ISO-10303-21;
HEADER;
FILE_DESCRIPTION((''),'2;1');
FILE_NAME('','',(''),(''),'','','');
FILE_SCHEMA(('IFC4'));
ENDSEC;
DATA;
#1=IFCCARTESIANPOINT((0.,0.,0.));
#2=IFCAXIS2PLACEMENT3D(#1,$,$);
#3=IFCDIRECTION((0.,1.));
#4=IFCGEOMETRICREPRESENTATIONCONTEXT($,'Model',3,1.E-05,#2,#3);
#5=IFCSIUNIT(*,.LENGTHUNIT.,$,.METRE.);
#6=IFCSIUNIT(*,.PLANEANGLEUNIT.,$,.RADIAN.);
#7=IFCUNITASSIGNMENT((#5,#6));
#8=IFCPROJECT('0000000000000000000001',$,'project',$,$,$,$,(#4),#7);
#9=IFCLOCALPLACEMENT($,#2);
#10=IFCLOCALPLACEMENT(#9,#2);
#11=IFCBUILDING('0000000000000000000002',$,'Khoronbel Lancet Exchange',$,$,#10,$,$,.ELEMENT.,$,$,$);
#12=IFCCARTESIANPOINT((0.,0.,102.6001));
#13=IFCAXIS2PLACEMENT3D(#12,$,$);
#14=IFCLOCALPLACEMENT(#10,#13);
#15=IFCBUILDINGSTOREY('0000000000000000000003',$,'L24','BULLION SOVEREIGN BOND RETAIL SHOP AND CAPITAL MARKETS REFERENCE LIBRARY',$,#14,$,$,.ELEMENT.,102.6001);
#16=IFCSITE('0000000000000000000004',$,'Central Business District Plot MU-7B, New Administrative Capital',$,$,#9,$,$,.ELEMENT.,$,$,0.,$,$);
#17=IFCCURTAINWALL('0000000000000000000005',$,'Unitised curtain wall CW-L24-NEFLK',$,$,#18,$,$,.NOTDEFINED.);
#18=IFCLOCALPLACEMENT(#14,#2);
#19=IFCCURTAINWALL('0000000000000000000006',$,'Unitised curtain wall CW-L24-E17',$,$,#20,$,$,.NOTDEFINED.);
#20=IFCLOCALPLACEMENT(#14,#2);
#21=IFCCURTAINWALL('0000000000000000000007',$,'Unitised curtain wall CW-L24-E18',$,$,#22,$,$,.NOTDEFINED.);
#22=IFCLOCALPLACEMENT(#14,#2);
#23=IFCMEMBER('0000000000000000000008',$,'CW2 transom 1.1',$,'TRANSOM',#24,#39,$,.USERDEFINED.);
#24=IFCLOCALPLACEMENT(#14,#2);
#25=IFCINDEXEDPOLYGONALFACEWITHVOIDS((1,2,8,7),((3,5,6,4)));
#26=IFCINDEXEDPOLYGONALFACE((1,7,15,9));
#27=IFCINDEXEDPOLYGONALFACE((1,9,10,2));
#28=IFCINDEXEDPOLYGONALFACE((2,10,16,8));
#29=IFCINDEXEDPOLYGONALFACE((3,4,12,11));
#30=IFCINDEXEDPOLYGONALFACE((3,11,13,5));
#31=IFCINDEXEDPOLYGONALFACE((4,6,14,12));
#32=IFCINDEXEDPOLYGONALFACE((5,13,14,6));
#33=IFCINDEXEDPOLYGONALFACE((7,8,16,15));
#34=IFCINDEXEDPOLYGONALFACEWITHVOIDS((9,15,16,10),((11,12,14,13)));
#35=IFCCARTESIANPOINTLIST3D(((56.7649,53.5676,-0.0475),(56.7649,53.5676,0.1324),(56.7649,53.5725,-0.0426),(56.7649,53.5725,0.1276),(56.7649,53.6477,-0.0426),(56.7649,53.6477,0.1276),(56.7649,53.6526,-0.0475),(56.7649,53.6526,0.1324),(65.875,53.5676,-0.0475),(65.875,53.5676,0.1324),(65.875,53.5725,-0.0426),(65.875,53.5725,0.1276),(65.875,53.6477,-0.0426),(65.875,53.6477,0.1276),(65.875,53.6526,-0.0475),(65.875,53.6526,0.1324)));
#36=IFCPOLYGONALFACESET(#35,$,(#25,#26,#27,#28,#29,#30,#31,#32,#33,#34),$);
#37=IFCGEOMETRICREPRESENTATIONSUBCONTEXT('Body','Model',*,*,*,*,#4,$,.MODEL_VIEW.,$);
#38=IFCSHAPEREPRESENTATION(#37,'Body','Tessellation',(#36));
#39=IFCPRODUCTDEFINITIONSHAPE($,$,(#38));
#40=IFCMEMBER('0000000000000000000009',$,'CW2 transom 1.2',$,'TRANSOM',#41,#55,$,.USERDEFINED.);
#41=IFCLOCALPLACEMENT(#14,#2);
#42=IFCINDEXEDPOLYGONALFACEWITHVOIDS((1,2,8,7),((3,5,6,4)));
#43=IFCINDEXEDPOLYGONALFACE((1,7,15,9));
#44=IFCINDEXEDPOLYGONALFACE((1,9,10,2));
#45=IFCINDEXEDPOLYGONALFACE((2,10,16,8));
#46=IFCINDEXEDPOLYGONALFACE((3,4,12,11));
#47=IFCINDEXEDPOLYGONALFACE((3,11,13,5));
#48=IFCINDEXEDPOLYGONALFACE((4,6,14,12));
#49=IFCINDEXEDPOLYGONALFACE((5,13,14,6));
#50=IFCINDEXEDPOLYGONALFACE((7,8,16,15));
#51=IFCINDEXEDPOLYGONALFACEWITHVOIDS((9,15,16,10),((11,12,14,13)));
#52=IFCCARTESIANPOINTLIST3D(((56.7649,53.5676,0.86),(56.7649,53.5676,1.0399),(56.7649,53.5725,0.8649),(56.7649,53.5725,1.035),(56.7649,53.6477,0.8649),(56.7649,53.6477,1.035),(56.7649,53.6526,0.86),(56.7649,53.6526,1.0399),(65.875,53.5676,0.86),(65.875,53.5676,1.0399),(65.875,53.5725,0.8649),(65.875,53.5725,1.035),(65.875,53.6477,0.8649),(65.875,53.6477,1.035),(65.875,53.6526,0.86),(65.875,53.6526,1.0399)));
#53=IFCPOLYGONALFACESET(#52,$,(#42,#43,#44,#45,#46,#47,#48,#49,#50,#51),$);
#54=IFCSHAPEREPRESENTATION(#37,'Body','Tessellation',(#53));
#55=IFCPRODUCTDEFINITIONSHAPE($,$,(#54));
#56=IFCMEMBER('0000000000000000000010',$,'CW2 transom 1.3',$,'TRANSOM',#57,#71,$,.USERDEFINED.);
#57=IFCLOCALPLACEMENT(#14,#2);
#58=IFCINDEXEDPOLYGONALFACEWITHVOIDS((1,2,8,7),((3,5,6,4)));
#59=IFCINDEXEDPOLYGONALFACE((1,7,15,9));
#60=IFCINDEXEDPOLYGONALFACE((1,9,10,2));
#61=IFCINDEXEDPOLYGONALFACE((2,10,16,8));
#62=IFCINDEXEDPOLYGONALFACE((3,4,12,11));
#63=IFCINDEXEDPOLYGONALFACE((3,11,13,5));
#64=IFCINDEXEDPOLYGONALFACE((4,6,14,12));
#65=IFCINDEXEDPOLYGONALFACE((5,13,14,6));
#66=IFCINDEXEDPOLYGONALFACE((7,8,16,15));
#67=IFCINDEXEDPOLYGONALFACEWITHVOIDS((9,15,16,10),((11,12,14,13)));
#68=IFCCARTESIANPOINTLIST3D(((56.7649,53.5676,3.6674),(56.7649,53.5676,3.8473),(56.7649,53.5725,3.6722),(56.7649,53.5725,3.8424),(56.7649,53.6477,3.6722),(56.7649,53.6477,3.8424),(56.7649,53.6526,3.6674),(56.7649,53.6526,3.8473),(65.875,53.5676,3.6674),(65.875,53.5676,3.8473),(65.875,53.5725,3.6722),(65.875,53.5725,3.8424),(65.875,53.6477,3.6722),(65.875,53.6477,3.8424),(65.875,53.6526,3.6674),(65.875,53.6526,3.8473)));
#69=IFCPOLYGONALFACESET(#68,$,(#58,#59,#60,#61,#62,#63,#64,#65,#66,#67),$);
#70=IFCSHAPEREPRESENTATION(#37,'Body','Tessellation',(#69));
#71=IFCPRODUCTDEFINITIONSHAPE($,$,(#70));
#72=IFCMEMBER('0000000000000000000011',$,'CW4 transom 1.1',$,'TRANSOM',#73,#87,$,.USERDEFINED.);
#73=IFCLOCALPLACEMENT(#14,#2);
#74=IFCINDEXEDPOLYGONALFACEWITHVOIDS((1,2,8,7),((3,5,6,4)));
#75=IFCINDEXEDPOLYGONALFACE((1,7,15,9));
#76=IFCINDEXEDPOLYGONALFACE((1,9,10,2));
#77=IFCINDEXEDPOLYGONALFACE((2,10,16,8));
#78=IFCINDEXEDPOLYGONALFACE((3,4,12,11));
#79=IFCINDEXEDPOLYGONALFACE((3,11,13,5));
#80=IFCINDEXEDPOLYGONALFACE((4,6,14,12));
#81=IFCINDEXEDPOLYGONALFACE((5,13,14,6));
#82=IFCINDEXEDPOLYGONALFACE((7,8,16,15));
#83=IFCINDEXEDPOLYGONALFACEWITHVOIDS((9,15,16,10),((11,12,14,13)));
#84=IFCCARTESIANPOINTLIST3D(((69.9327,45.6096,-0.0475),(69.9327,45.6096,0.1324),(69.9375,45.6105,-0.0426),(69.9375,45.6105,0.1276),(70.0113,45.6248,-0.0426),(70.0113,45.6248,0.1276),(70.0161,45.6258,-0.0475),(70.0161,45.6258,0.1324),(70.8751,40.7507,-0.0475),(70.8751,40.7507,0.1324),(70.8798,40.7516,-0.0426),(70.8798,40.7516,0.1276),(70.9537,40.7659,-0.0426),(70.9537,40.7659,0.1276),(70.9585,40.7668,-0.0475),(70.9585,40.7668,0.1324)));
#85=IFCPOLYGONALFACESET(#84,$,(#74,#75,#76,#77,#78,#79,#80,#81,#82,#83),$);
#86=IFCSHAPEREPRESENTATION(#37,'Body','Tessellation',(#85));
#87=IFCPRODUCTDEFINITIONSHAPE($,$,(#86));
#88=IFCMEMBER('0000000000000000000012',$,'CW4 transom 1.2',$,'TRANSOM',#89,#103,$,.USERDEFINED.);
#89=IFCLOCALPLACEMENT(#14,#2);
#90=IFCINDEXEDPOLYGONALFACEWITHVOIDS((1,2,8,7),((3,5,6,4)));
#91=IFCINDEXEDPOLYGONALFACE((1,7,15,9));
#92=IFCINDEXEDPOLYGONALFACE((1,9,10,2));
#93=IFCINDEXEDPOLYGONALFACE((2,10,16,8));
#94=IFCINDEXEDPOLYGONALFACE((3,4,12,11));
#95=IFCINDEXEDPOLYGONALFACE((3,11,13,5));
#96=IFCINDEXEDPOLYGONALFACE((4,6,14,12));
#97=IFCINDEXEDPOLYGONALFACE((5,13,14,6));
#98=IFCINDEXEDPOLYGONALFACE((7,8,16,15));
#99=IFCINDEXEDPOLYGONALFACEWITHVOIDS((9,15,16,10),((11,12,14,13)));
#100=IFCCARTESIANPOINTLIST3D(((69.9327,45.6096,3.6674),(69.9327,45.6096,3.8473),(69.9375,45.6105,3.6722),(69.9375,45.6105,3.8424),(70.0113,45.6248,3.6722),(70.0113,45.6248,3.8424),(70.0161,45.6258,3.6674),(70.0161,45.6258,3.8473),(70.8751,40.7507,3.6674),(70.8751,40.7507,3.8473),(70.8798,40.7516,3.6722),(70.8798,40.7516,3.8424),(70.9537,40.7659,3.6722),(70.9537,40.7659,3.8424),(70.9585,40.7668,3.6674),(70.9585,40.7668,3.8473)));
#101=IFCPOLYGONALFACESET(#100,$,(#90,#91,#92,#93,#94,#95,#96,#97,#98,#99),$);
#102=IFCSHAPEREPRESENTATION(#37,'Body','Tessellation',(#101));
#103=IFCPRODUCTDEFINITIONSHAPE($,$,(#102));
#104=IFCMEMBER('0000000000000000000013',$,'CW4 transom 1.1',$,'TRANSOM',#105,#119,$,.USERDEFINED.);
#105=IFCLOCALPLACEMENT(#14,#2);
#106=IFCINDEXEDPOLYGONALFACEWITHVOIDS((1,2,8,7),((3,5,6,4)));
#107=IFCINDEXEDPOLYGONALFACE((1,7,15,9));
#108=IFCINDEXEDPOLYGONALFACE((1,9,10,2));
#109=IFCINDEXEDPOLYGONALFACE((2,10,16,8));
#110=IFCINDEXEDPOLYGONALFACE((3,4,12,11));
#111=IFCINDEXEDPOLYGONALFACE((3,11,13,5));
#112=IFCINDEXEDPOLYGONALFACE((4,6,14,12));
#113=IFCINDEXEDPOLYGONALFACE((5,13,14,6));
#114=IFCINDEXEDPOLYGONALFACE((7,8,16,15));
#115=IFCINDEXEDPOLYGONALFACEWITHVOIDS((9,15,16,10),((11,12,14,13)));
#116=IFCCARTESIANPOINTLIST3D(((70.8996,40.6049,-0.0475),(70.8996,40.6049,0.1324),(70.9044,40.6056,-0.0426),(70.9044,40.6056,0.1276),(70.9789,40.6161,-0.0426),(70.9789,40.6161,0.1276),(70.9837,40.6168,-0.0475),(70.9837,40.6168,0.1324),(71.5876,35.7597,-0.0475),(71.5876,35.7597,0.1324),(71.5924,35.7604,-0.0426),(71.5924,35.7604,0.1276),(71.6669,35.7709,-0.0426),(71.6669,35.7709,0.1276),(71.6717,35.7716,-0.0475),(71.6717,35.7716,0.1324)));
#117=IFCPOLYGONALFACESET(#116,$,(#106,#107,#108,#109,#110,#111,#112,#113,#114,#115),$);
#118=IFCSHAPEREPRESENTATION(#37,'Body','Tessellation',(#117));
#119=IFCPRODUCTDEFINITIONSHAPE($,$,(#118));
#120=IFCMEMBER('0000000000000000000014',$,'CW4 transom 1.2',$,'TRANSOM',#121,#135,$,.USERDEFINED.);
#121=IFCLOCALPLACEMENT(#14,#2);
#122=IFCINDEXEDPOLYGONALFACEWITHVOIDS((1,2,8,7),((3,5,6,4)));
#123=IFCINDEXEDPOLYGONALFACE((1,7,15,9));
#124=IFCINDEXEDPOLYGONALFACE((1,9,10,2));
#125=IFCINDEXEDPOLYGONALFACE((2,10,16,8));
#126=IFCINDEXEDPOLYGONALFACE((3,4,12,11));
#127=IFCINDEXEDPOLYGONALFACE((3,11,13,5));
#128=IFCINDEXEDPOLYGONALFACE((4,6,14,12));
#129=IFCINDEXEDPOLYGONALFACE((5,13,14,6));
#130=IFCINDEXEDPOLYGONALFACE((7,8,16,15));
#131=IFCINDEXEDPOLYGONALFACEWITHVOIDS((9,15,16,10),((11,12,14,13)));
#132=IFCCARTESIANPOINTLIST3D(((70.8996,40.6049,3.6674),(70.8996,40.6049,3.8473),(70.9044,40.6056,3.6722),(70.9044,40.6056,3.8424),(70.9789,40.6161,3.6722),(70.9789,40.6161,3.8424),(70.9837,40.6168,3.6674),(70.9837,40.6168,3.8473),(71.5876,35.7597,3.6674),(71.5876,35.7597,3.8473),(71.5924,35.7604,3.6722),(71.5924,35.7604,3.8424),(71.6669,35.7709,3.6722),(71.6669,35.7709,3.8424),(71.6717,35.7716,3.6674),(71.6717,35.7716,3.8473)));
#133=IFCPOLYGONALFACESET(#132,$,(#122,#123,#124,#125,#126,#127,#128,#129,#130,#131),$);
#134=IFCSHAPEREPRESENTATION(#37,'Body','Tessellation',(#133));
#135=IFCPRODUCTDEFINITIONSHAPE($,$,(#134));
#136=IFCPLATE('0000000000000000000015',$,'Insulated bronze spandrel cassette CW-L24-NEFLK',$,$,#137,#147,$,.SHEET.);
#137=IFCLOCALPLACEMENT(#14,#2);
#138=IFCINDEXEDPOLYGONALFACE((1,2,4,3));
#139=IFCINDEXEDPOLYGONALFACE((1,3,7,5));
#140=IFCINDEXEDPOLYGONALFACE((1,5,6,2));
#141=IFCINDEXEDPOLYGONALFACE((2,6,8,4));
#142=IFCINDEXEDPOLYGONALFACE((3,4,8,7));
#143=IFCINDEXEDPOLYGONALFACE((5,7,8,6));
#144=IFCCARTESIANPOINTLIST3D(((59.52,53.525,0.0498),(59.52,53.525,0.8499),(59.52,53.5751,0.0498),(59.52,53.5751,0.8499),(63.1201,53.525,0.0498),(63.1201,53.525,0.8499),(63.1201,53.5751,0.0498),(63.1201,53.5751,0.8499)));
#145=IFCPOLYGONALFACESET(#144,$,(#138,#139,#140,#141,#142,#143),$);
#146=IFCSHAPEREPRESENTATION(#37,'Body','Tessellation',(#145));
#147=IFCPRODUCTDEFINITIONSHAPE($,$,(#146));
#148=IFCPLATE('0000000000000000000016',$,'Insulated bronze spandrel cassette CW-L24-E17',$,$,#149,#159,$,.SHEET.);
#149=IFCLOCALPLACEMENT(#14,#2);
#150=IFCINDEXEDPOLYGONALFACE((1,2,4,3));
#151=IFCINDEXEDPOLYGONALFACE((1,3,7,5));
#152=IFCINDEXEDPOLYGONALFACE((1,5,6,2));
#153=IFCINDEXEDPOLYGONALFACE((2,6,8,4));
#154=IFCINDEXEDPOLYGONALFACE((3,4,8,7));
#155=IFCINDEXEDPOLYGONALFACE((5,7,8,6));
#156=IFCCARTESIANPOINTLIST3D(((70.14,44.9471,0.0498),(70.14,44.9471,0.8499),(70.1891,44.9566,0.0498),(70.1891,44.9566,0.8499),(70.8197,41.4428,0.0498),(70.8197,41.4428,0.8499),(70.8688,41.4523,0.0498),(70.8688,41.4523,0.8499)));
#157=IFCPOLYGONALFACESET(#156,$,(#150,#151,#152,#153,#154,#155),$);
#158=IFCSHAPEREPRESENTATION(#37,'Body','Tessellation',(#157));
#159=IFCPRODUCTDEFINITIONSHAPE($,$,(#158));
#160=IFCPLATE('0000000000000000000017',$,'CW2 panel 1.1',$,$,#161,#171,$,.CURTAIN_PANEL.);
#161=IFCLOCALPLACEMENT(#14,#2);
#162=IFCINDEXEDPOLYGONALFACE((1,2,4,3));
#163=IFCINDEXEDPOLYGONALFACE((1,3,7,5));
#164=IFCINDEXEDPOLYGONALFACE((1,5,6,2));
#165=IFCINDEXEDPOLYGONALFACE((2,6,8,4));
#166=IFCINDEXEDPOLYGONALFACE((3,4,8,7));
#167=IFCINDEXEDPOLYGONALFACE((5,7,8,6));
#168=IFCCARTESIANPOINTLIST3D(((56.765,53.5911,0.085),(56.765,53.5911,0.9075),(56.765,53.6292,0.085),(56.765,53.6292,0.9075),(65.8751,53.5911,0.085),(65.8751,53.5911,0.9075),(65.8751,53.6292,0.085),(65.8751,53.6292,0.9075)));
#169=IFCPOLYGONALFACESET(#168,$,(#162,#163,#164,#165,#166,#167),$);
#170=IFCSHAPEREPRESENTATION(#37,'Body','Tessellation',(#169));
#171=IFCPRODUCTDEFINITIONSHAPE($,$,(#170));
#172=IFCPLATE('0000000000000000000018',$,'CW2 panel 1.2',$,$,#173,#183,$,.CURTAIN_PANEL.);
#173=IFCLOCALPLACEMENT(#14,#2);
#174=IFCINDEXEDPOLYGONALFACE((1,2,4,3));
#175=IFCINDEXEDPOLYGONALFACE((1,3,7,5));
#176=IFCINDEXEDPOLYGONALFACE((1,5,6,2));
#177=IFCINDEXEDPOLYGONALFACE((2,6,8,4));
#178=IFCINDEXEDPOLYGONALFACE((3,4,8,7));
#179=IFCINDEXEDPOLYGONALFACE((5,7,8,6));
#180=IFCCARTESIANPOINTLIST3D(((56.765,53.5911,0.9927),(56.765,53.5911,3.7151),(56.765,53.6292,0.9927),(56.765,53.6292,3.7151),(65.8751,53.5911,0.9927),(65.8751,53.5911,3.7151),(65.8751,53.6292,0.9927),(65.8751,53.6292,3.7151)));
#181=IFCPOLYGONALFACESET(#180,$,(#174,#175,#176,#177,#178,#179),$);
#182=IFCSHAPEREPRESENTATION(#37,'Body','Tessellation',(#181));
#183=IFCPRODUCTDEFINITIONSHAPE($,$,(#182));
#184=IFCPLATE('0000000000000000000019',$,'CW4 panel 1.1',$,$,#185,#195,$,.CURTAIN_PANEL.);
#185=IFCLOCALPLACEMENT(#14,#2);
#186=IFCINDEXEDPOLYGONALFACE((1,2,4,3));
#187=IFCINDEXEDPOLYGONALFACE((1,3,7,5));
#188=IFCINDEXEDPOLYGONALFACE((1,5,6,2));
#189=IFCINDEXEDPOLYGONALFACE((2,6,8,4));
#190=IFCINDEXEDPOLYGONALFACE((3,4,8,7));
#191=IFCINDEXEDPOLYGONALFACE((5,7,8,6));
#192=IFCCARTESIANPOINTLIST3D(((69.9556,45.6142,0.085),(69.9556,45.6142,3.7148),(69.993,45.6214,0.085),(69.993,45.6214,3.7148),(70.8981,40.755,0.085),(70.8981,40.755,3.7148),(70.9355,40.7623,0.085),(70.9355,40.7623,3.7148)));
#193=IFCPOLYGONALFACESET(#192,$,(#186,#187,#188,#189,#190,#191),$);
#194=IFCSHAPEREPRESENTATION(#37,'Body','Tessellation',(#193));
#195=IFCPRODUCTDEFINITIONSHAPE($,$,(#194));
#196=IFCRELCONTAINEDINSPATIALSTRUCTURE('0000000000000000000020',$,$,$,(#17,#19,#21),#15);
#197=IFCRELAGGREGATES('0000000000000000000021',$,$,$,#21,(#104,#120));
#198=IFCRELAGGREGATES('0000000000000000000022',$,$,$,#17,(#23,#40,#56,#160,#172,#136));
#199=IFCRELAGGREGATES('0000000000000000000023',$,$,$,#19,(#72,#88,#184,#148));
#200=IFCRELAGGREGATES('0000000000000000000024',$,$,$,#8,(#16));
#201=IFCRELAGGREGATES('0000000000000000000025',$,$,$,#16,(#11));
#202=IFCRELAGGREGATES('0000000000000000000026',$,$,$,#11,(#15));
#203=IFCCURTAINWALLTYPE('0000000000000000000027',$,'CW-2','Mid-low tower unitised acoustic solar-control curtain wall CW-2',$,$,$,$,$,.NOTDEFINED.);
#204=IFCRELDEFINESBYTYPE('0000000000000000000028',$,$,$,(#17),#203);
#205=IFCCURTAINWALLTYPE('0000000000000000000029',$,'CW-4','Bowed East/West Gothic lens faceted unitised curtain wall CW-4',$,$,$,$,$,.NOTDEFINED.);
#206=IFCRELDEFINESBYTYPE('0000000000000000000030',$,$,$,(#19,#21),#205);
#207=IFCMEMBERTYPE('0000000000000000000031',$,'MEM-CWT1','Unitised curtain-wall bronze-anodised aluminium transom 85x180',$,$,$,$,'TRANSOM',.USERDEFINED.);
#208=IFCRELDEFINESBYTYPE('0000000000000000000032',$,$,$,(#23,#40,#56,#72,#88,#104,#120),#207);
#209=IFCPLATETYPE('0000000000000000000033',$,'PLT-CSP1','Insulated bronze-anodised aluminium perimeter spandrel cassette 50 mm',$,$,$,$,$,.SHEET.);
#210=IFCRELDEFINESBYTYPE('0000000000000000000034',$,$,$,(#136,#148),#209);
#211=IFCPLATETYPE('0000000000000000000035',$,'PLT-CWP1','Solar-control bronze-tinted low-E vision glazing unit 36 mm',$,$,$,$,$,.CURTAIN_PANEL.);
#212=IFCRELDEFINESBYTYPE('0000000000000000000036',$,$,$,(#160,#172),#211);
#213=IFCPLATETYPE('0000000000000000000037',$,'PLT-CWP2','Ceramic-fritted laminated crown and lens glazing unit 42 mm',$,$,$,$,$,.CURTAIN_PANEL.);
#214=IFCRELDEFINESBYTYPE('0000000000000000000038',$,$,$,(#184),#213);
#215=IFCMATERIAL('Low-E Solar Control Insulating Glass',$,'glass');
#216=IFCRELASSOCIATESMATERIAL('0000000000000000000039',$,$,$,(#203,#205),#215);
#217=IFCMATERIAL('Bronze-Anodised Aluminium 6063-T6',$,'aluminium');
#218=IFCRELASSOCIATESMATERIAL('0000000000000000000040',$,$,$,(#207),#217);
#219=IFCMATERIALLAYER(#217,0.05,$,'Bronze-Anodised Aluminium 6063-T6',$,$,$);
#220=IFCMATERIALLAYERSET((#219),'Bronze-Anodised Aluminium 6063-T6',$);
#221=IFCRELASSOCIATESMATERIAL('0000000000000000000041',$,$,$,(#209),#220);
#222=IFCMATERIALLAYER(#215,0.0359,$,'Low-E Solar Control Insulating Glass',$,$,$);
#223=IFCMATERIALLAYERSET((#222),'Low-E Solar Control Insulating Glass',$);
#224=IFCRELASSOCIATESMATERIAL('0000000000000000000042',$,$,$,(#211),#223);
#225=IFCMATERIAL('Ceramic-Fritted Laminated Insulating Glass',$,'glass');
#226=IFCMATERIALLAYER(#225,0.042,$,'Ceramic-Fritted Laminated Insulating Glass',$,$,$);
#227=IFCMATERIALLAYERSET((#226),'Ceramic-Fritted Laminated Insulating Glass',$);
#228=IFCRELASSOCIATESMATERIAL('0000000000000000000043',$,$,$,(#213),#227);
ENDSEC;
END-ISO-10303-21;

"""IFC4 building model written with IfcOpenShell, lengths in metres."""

from ifc_helpers import new_model, si_unit, direction, frame, origin, origin_2d, place, context, subcontext, project, spatial, rectangle, hollow_rectangle, extrude, material, layer, layer_set, material_profile, profile_set, type_object, element, aggregate, save


model = new_model("IFC4")

# Units and contexts
model_context = context("Model", 3, precision=1e-05, world=origin(), true_north=direction((0.0, 1.0)))
body_context = subcontext(model_context, "Body", "Model", "MODEL_VIEW")
ifc_project = project(units=[si_unit("LENGTHUNIT", "METRE"), si_unit("PLANEANGLEUNIT", "RADIAN")], contexts=[model_context])

# Site, building, storey
site_placement = place(None, origin())
site = spatial("IfcSite", under=ifc_project, at=site_placement, Name="Central Business District Plot MU-7B, New Administrative Capital", CompositionType="ELEMENT", RefElevation=0.0)
building_placement = place(site_placement, origin())
building = spatial("IfcBuilding", under=site, at=building_placement, Name="Khoronbel Lancet Exchange", CompositionType="ELEMENT")
storey_placement = place(building_placement, frame((0.0, 0.0, 102.6001)))
storey = spatial("IfcBuildingStorey", under=building, at=storey_placement, Name="L24", Description="BULLION SOVEREIGN BOND RETAIL SHOP AND CAPITAL MARKETS REFERENCE LIBRARY", CompositionType="ELEMENT", Elevation=102.6001)

# Curtain walls
ifc_material_1 = material(Name="Low-E Solar Control Insulating Glass", Category="glass")
curtain_wall_type_1 = type_object("IfcCurtainWallType", Name="CW-2", Description="Mid-low tower unitised acoustic solar-control curtain wall CW-2", PredefinedType="NOTDEFINED", material=ifc_material_1)
curtain_wall_1_placement = place(storey_placement, origin())
curtain_wall_1 = element("IfcCurtainWall", 1, at=curtain_wall_1_placement, inside=storey, type_object=curtain_wall_type_1, Name="Unitised curtain wall CW-L24-NEFLK", PredefinedType="NOTDEFINED")
ifc_material_2 = material(Name="Bronze-Anodised Aluminium 6063-T6", Category="aluminium")
curtain_wall_type_2 = type_object("IfcCurtainWallType", Name="CW-4", Description="Bowed East/West Gothic lens faceted unitised curtain wall CW-4", PredefinedType="NOTDEFINED", material=ifc_material_1)
curtain_wall_2_placement = place(storey_placement, origin())
curtain_wall_2 = element("IfcCurtainWall", 2, at=curtain_wall_2_placement, inside=storey, type_object=curtain_wall_type_2, Name="Unitised curtain wall CW-L24-E17", PredefinedType="NOTDEFINED")

# Curtain wall
curtain_wall_3_placement = place(storey_placement, origin())
curtain_wall_3 = element("IfcCurtainWall", 3, at=curtain_wall_3_placement, inside=storey, type_object=curtain_wall_type_2, Name="Unitised curtain wall CW-L24-E18", PredefinedType="NOTDEFINED")

# Members
ifc_material_profile_1 = material_profile(ifc_material_2, hollow_rectangle(XDim=0.085, YDim=0.1799, WallThickness=0.0049, at=origin_2d()), Name="ALU TRANSOM 85x180")
ifc_profile_set_1 = profile_set([ifc_material_profile_1], Name="Bronze-Anodised Aluminium 6063-T6")
member_type_1 = type_object("IfcMemberType", Name="MEM-CWT1", Description="Unitised curtain-wall bronze-anodised aluminium transom 85x180", ElementType="TRANSOM", PredefinedType="USERDEFINED", material=ifc_profile_set_1)
member_1_placement = place(storey_placement, frame((65.875, 53.6101, 0.0425), z_axis=(-1.0, 0.0, 0.0), x_axis=(0.0, -1.0, 0.0)))
member_1 = element("IfcMember", 4, at=member_1_placement, type_object=member_type_1, Name="CW2 transom 1.1", ObjectType="TRANSOM", PredefinedType="USERDEFINED", context=body_context, shape_type="SweptSolid", body=[
    extrude(hollow_rectangle(XDim=0.085, YDim=0.1799, WallThickness=0.0049, at=origin_2d()), origin(), (0.0, 0.0, 1.0), 9.1101),
])
member_2_placement = place(storey_placement, frame((65.875, 53.6101, 0.95), z_axis=(-1.0, 0.0, 0.0), x_axis=(0.0, -1.0, 0.0)))
member_2 = element("IfcMember", 5, at=member_2_placement, type_object=member_type_1, Name="CW2 transom 1.2", ObjectType="TRANSOM", PredefinedType="USERDEFINED", context=body_context, shape_type="SweptSolid", body=[
    extrude(hollow_rectangle(XDim=0.085, YDim=0.1799, WallThickness=0.0049, at=origin_2d()), origin(), (0.0, 0.0, 1.0), 9.1101),
])
member_3_placement = place(storey_placement, frame((65.875, 53.6101, 3.7573), z_axis=(-1.0, 0.0, 0.0), x_axis=(0.0, -1.0, 0.0)))
member_3 = element("IfcMember", 6, at=member_3_placement, type_object=member_type_1, Name="CW2 transom 1.3", ObjectType="TRANSOM", PredefinedType="USERDEFINED", context=body_context, shape_type="SweptSolid", body=[
    extrude(hollow_rectangle(XDim=0.085, YDim=0.1799, WallThickness=0.0049, at=origin_2d()), origin(), (0.0, 0.0, 1.0), 9.1101),
])
member_4_placement = place(storey_placement, frame((69.9744, 45.6177, 0.0425), z_axis=(0.190402, -0.981706, 0.0), x_axis=(0.981706, 0.190402, 0.0)))
member_4 = element("IfcMember", 7, at=member_4_placement, type_object=member_type_1, Name="CW4 transom 1.1", ObjectType="TRANSOM", PredefinedType="USERDEFINED", context=body_context, shape_type="SweptSolid", body=[
    extrude(hollow_rectangle(XDim=0.085, YDim=0.1799, WallThickness=0.0049, at=origin_2d()), origin(), (0.0, 0.0, 1.0), 4.9495),
])
member_5_placement = place(storey_placement, frame((69.9744, 45.6177, 3.7573), z_axis=(0.190402, -0.981706, 0.0), x_axis=(0.981706, 0.190402, 0.0)))
member_5 = element("IfcMember", 8, at=member_5_placement, type_object=member_type_1, Name="CW4 transom 1.2", ObjectType="TRANSOM", PredefinedType="USERDEFINED", context=body_context, shape_type="SweptSolid", body=[
    extrude(hollow_rectangle(XDim=0.085, YDim=0.1799, WallThickness=0.0049, at=origin_2d()), origin(), (0.0, 0.0, 1.0), 4.9495),
])
member_6_placement = place(storey_placement, frame((70.9417, 40.6108, 0.0425), z_axis=(0.140583, -0.990069, 0.0), x_axis=(0.990069, 0.140583, 0.0)))
member_6 = element("IfcMember", 9, at=member_6_placement, type_object=member_type_1, Name="CW4 transom 1.1", ObjectType="TRANSOM", PredefinedType="USERDEFINED", context=body_context, shape_type="SweptSolid", body=[
    extrude(hollow_rectangle(XDim=0.085, YDim=0.1799, WallThickness=0.0049, at=origin_2d()), origin(), (0.0, 0.0, 1.0), 4.8938),
])
member_7_placement = place(storey_placement, frame((70.9417, 40.6108, 3.7573), z_axis=(0.140583, -0.990069, 0.0), x_axis=(0.990069, 0.140583, 0.0)))
member_7 = element("IfcMember", 10, at=member_7_placement, type_object=member_type_1, Name="CW4 transom 1.2", ObjectType="TRANSOM", PredefinedType="USERDEFINED", context=body_context, shape_type="SweptSolid", body=[
    extrude(hollow_rectangle(XDim=0.085, YDim=0.1799, WallThickness=0.0049, at=origin_2d()), origin(), (0.0, 0.0, 1.0), 4.8938),
])
aggregate(curtain_wall_3, [member_6, member_7])

# Plates
ifc_layer_1 = layer(ifc_material_2, 0.05, Name="Bronze-Anodised Aluminium 6063-T6")
ifc_layer_set_1 = layer_set([ifc_layer_1], Name="Bronze-Anodised Aluminium 6063-T6")
plate_type_1 = type_object("IfcPlateType", Name="PLT-CSP1", Description="Insulated bronze-anodised aluminium perimeter spandrel cassette 50 mm", PredefinedType="SHEET", material=ifc_layer_set_1)
plate_1_placement = place(storey_placement, frame((61.3201, 53.55, 0.0498), z_axis=(0.0, 0.0, 1.0), x_axis=(-1.0, 0.0, 0.0)))
plate_1 = element("IfcPlate", 11, at=plate_1_placement, type_object=plate_type_1, Name="Insulated bronze spandrel cassette CW-L24-NEFLK", PredefinedType="SHEET", context=body_context, shape_type="SweptSolid", body=[
    extrude(rectangle(XDim=3.6001, YDim=0.05, at=origin_2d()), origin(), (0.0, 0.0, 1.0), 0.8),
])
plate_2_placement = place(storey_placement, frame((70.5044, 43.1997, 0.0498), z_axis=(0.0, 0.0, 1.0), x_axis=(0.190426, -0.981702, 0.0)))
plate_2 = element("IfcPlate", 12, at=plate_2_placement, type_object=plate_type_1, Name="Insulated bronze spandrel cassette CW-L24-E17", PredefinedType="SHEET", context=body_context, shape_type="SweptSolid", body=[
    extrude(rectangle(XDim=3.5696, YDim=0.05, at=origin_2d()), origin(), (0.0, 0.0, 1.0), 0.8),
])
ifc_layer_2 = layer(ifc_material_1, 0.0359, Name="Low-E Solar Control Insulating Glass")
ifc_layer_set_2 = layer_set([ifc_layer_2], Name="Low-E Solar Control Insulating Glass")
plate_type_2 = type_object("IfcPlateType", Name="PLT-CWP1", Description="Solar-control bronze-tinted low-E vision glazing unit 36 mm", PredefinedType="CURTAIN_PANEL", material=ifc_layer_set_2)
plate_3_placement = place(storey_placement, frame((61.3201, 53.6101, 0.085), z_axis=(0.0, 0.0, 1.0), x_axis=(-1.0, 0.0, 0.0)))
plate_3 = element("IfcPlate", 13, at=plate_3_placement, type_object=plate_type_2, Name="CW2 panel 1.1", PredefinedType="CURTAIN_PANEL", context=body_context, shape_type="SweptSolid", body=[
    extrude(rectangle(XDim=9.1101, YDim=0.0381, at=origin_2d()), origin(), (0.0, 0.0, 1.0), 0.8225),
])
plate_4_placement = place(storey_placement, frame((61.3201, 53.6101, 0.9927), z_axis=(0.0, 0.0, 1.0), x_axis=(-1.0, 0.0, 0.0)))
plate_4 = element("IfcPlate", 14, at=plate_4_placement, type_object=plate_type_2, Name="CW2 panel 1.2", PredefinedType="CURTAIN_PANEL", context=body_context, shape_type="SweptSolid", body=[
    extrude(rectangle(XDim=9.1101, YDim=0.0381, at=origin_2d()), origin(), (0.0, 0.0, 1.0), 2.7224),
])
aggregate(curtain_wall_1, [member_1, member_2, member_3, plate_3, plate_4, plate_1])
ifc_material_3 = material(Name="Ceramic-Fritted Laminated Insulating Glass", Category="glass")
ifc_layer_3 = layer(ifc_material_3, 0.042, Name="Ceramic-Fritted Laminated Insulating Glass")
ifc_layer_set_3 = layer_set([ifc_layer_3], Name="Ceramic-Fritted Laminated Insulating Glass")
plate_type_3 = type_object("IfcPlateType", Name="PLT-CWP2", Description="Ceramic-fritted laminated crown and lens glazing unit 42 mm", PredefinedType="CURTAIN_PANEL", material=ifc_layer_set_3)
plate_5_placement = place(storey_placement, frame((70.4456, 43.1882, 0.085), z_axis=(0.0, 0.0, 1.0), x_axis=(0.190426, -0.981702, 0.0)))
plate_5 = element("IfcPlate", 15, at=plate_5_placement, type_object=plate_type_3, Name="CW4 panel 1.1", PredefinedType="CURTAIN_PANEL", context=body_context, shape_type="SweptSolid", body=[
    extrude(rectangle(XDim=4.9497, YDim=0.0381, at=origin_2d()), origin(), (0.0, 0.0, 1.0), 3.6299),
])
aggregate(curtain_wall_2, [member_4, member_5, plate_5, plate_2])

save(model, "model.ifc")
